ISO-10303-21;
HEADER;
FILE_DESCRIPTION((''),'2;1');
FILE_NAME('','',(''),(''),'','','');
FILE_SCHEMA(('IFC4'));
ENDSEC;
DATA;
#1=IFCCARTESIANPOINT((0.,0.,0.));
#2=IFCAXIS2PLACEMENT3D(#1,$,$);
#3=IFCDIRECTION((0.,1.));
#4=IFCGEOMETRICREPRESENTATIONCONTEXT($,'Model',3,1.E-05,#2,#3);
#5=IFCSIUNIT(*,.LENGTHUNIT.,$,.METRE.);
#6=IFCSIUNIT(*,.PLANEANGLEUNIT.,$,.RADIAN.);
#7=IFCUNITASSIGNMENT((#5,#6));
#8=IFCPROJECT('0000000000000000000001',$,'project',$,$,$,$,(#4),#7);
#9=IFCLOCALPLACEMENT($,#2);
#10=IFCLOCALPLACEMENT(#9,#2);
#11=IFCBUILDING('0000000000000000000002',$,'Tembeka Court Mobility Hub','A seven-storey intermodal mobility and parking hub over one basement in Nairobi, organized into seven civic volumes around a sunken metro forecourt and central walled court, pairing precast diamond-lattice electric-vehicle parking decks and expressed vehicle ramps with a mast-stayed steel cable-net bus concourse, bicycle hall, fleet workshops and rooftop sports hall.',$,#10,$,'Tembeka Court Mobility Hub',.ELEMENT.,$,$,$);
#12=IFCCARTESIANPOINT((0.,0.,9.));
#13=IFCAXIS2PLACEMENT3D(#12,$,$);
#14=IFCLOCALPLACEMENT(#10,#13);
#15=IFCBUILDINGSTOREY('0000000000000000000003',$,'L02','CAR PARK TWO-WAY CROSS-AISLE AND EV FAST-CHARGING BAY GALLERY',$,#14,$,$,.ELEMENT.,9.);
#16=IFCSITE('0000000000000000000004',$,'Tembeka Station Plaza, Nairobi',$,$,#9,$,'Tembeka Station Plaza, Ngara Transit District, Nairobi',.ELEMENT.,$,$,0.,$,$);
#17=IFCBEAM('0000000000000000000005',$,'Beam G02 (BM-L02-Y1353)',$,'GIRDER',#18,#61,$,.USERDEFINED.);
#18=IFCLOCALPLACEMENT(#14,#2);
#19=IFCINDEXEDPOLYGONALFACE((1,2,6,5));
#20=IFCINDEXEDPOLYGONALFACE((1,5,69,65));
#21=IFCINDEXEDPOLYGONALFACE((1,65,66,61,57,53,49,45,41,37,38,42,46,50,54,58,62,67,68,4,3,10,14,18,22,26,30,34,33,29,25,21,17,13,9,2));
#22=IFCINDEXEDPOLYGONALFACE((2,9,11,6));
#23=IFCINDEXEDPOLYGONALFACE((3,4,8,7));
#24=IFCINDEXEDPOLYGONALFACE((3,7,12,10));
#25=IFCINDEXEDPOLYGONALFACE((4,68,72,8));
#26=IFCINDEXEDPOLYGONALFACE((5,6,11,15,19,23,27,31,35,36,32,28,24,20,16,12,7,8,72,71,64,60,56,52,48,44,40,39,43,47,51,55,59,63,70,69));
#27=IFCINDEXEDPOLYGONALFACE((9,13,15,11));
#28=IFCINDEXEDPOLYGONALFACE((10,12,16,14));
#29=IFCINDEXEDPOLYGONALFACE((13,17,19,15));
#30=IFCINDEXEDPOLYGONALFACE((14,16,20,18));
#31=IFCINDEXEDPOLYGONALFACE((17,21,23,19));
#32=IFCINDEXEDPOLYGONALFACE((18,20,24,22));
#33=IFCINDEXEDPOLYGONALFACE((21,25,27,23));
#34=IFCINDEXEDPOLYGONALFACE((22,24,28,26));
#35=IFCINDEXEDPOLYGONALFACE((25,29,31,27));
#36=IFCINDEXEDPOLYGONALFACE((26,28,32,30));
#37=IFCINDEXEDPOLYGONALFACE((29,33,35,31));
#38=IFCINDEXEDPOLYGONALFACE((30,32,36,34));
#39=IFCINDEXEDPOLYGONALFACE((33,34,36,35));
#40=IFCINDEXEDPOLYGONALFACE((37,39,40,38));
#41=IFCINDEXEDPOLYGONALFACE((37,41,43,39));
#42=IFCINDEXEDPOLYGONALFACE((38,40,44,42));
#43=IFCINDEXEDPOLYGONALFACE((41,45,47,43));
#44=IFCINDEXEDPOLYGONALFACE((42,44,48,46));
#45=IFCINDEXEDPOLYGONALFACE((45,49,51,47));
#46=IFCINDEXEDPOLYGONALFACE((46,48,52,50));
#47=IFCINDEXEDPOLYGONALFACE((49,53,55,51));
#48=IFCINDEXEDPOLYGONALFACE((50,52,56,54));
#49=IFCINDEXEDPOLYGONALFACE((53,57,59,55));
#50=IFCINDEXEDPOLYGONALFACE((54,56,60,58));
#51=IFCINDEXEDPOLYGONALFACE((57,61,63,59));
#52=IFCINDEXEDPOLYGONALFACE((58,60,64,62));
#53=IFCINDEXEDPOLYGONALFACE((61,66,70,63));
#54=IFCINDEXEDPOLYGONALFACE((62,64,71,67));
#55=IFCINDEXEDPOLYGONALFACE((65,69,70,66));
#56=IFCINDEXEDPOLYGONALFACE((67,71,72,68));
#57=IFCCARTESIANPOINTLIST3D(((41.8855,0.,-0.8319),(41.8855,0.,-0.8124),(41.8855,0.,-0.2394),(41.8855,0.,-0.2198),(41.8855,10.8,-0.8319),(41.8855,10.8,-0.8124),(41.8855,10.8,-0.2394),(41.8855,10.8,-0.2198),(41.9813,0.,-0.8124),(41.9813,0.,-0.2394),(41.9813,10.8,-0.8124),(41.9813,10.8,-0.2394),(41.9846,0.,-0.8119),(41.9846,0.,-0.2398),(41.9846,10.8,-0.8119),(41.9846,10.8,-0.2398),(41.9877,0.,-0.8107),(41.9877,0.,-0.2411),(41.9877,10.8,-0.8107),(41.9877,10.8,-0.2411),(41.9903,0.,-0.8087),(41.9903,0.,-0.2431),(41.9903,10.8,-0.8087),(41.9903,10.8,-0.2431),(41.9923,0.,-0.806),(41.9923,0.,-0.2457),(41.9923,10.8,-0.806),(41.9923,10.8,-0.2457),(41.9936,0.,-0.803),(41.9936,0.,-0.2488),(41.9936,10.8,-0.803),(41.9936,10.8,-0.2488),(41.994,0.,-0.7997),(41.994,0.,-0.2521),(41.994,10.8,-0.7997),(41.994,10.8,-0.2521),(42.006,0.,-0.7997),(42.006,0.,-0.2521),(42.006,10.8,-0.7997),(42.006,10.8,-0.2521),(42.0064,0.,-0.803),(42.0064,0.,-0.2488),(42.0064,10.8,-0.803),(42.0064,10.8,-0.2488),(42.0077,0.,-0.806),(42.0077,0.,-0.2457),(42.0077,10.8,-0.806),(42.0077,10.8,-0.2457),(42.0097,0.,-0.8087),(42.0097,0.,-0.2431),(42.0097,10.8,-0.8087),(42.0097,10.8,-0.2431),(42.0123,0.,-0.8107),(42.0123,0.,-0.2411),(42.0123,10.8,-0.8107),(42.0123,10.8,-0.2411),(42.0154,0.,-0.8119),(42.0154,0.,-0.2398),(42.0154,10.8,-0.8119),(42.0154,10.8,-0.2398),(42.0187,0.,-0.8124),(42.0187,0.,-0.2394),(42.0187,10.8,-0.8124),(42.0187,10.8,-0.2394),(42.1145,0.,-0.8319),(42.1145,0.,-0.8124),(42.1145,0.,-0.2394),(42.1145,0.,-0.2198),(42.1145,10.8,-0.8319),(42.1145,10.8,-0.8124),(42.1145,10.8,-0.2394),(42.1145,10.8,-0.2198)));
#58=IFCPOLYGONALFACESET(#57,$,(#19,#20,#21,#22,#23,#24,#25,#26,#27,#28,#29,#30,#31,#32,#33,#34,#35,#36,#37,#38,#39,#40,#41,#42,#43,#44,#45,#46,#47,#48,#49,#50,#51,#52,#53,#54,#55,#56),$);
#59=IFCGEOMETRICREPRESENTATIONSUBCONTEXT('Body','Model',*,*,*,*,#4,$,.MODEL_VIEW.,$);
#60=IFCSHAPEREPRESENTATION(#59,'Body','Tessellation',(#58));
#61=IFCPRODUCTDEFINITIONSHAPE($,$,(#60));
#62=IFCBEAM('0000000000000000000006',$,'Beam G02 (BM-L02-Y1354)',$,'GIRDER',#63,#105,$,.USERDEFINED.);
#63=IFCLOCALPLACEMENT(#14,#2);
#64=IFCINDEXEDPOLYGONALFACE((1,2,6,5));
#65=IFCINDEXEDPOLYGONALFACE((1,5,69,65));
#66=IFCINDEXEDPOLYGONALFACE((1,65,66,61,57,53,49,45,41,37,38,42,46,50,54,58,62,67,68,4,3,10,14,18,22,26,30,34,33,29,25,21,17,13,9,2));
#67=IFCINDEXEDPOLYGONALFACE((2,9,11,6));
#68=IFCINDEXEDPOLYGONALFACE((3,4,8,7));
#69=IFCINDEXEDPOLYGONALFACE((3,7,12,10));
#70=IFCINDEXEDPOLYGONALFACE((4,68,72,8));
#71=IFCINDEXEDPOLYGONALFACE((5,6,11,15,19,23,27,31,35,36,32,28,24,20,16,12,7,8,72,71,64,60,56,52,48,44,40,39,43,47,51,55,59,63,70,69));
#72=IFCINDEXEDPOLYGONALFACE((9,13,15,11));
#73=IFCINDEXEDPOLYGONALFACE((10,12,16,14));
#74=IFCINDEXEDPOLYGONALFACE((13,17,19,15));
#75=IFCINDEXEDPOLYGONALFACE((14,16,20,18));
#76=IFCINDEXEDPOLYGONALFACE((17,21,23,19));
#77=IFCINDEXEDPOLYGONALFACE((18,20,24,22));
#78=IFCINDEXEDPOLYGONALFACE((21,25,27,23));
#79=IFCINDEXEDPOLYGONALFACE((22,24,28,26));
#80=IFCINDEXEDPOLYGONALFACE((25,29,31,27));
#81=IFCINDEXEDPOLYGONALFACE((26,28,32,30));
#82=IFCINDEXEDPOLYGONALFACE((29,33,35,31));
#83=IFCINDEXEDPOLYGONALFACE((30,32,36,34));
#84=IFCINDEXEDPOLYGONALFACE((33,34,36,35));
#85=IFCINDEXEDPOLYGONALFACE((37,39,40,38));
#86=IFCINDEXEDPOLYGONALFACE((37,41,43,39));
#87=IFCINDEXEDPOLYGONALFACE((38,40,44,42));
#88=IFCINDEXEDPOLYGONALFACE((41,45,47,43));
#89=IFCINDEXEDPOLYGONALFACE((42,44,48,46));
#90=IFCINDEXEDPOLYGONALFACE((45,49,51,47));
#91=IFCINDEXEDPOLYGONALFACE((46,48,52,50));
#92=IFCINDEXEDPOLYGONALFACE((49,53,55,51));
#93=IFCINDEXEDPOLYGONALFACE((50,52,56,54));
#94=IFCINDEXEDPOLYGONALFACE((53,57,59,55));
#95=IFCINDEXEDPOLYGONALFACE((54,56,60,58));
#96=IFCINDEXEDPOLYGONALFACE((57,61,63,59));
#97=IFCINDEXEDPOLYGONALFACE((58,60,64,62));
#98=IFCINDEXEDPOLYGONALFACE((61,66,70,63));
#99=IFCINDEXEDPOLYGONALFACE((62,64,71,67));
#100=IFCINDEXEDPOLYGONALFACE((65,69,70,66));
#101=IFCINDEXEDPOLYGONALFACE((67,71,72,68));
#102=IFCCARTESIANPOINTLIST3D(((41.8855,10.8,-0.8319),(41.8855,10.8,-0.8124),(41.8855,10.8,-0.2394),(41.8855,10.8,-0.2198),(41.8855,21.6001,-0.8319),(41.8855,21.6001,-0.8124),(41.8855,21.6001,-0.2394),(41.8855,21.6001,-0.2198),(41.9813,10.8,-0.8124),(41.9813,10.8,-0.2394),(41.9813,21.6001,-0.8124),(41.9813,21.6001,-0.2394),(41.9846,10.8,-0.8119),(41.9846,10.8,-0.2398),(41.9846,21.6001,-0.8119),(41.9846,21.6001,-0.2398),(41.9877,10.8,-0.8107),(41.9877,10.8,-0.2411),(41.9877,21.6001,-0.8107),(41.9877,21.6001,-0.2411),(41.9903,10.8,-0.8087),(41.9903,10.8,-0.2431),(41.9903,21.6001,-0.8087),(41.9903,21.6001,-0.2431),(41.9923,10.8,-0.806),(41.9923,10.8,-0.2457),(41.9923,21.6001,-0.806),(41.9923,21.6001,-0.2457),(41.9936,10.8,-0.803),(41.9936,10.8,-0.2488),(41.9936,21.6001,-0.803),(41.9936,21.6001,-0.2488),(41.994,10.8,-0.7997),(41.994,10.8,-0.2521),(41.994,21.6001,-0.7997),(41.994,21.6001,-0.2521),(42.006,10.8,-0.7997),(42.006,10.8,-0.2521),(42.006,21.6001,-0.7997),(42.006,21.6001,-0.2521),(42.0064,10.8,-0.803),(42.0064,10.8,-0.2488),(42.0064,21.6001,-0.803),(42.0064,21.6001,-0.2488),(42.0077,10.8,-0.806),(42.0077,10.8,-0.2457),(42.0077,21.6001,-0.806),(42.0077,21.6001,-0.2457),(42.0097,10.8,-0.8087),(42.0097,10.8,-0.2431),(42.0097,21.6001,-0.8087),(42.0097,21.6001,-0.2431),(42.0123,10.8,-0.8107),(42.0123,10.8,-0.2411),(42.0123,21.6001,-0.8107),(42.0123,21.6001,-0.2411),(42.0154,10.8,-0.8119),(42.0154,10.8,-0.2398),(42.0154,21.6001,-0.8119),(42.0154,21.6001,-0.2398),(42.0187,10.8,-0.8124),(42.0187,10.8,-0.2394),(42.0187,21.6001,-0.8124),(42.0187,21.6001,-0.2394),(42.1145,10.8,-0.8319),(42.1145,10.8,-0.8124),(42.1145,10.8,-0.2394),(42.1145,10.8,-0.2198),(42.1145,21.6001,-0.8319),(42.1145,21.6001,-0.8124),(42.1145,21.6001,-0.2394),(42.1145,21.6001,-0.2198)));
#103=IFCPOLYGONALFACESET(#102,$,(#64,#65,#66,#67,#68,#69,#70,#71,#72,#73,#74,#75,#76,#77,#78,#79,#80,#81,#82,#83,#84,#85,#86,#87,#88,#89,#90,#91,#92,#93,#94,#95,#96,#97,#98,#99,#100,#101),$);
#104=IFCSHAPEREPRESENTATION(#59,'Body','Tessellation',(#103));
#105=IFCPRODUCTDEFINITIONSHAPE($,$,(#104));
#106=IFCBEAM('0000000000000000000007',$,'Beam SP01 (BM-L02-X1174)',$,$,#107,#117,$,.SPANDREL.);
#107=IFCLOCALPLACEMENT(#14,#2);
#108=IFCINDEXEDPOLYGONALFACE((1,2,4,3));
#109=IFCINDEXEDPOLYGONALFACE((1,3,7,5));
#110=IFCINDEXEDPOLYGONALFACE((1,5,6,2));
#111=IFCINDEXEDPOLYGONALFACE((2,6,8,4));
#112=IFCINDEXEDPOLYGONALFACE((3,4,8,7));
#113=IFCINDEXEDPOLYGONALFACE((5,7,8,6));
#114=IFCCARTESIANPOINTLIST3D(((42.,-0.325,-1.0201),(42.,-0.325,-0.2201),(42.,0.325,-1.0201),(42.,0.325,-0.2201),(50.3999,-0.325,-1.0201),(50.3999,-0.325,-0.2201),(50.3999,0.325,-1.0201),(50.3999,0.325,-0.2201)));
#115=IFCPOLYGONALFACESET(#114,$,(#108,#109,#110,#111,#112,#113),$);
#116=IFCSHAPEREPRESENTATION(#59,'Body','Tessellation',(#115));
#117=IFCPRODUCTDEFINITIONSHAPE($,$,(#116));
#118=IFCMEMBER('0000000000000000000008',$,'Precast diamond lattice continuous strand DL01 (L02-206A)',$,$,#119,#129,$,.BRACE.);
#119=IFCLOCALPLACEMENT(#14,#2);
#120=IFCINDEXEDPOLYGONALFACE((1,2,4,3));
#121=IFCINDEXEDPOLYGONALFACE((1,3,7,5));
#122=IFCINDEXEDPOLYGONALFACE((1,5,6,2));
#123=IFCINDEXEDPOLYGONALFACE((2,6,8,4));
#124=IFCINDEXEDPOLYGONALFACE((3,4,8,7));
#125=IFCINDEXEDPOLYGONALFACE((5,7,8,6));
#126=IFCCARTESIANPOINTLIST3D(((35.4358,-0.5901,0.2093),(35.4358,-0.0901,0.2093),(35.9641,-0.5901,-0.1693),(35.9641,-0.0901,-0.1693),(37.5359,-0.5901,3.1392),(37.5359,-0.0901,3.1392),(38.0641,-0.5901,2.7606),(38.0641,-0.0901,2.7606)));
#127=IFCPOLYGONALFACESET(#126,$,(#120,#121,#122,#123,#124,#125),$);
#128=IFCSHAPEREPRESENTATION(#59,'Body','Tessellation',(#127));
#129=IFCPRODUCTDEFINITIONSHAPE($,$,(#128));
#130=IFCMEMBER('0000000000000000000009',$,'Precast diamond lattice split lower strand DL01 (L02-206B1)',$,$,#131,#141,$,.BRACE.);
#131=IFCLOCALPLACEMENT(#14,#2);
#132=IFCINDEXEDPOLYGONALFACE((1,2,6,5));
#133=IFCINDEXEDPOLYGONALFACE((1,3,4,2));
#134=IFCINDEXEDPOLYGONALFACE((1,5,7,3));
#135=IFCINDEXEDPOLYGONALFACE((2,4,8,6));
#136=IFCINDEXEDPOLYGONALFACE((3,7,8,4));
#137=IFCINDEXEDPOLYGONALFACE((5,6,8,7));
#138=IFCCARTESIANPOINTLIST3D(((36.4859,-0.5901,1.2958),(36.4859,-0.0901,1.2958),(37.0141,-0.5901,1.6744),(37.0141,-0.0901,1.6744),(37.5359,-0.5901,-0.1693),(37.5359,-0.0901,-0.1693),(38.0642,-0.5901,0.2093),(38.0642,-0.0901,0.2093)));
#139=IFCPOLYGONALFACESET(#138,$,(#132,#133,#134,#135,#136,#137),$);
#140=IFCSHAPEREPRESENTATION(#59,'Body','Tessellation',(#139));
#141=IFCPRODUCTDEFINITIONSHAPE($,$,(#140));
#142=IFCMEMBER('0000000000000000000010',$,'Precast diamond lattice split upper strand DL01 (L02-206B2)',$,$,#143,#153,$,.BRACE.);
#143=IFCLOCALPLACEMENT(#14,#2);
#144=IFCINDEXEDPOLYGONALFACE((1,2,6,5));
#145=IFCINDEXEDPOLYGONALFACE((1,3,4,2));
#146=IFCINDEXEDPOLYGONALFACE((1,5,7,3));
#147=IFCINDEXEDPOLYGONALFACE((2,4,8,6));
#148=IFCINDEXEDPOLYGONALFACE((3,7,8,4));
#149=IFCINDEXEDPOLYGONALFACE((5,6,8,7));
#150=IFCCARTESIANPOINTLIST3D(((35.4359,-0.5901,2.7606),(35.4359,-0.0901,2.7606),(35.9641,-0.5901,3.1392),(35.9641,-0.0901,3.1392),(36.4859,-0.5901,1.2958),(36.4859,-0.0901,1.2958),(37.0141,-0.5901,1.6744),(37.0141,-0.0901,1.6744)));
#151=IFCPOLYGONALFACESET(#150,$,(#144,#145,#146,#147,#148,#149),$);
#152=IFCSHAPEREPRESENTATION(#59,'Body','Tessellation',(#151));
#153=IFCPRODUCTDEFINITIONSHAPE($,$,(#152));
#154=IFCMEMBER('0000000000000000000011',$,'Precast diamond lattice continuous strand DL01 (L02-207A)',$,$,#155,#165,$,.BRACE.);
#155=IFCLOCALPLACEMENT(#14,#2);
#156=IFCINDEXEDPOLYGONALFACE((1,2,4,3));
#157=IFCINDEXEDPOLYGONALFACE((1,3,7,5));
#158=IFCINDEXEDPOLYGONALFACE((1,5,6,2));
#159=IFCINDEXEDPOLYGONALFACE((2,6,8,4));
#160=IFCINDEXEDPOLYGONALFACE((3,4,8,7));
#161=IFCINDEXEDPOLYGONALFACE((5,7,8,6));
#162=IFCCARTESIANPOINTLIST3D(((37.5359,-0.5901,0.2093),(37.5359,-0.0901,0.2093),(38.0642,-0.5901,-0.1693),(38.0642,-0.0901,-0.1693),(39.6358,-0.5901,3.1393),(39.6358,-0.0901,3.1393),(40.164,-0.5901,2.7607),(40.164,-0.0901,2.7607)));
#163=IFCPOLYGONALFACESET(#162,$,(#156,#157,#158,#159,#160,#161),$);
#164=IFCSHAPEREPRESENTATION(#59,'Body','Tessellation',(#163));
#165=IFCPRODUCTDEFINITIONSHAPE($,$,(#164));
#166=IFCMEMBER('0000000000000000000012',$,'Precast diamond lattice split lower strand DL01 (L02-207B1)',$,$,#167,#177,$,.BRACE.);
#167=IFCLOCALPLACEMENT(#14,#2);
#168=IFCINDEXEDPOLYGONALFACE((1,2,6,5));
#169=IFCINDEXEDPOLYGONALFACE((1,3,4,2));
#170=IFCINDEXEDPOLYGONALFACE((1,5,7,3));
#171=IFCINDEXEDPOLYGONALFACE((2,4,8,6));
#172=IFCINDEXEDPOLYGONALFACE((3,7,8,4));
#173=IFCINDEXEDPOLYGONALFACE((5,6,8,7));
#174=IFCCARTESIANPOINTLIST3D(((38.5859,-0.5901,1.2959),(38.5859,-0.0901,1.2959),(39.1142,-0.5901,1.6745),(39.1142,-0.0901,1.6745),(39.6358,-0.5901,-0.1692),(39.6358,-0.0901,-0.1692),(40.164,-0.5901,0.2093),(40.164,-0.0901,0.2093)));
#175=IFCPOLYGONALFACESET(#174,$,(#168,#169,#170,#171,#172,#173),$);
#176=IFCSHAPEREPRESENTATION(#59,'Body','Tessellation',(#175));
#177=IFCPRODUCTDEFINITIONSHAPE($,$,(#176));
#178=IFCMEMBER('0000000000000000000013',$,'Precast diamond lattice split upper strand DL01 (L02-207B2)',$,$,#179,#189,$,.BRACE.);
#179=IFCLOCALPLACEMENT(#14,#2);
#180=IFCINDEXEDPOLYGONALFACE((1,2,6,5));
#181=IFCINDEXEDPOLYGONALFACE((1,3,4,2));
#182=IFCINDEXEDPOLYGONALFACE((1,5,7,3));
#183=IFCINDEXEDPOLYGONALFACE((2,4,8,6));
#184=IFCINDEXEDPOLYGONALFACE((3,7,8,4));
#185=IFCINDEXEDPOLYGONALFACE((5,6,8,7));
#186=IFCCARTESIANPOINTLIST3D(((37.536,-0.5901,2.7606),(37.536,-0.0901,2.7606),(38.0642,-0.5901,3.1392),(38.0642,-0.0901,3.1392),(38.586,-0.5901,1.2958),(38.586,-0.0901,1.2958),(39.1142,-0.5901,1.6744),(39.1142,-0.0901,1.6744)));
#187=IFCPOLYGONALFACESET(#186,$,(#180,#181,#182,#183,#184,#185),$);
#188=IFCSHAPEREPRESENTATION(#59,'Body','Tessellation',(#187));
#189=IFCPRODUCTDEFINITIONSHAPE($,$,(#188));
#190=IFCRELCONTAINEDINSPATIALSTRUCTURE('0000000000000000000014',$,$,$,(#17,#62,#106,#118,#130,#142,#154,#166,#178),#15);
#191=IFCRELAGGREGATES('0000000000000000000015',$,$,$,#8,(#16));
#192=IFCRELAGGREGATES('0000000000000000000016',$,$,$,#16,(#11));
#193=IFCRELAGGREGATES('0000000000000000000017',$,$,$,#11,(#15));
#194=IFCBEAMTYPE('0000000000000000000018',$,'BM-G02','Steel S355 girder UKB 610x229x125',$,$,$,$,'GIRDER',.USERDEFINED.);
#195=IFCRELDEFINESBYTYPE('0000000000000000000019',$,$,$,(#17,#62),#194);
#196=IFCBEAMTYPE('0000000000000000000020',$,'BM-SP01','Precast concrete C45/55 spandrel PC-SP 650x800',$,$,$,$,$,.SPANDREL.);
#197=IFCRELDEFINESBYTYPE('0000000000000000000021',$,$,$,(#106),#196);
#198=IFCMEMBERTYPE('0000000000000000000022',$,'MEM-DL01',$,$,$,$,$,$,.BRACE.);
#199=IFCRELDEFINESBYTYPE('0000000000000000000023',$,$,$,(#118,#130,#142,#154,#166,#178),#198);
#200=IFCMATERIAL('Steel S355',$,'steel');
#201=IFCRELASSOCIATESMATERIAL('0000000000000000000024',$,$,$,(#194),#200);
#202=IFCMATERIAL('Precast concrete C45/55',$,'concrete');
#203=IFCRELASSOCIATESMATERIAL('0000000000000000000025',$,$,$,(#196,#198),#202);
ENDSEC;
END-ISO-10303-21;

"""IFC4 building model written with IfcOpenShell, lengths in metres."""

from ifc_helpers import new_model, si_unit, direction, frame, origin, origin_2d, place, context, subcontext, project, spatial, rectangle, i_section, extrude, material, material_profile, profile_set, type_object, element, save


model = new_model("IFC4")

# Units and contexts
model_context = context("Model", 3, precision=1e-05, world=origin(), true_north=direction((0.0, 1.0)))
body_context = subcontext(model_context, "Body", "Model", "MODEL_VIEW")
ifc_project = project(units=[si_unit("LENGTHUNIT", "METRE"), si_unit("PLANEANGLEUNIT", "RADIAN")], contexts=[model_context])

# Site, building, storey
site_placement = place(None, origin())
site = spatial("IfcSite", under=ifc_project, at=site_placement, Name="Tembeka Station Plaza, Nairobi", LongName="Tembeka Station Plaza, Ngara Transit District, Nairobi", CompositionType="ELEMENT", RefElevation=0.0)
building_placement = place(site_placement, origin())
building = spatial("IfcBuilding", under=site, at=building_placement, Name="Tembeka Court Mobility Hub", Description="A seven-storey intermodal mobility and parking hub over one basement in Nairobi, organized into seven civic volumes around a sunken metro forecourt and central walled court, pairing precast diamond-lattice electric-vehicle parking decks and expressed vehicle ramps with a mast-stayed steel cable-net bus concourse, bicycle hall, fleet workshops and rooftop sports hall.", LongName="Tembeka Court Mobility Hub", CompositionType="ELEMENT")
storey_placement = place(building_placement, frame((0.0, 0.0, 9.0)))
storey = spatial("IfcBuildingStorey", under=building, at=storey_placement, Name="L02", Description="CAR PARK TWO-WAY CROSS-AISLE AND EV FAST-CHARGING BAY GALLERY", CompositionType="ELEMENT", Elevation=9.0)

# Shared definitions
ifc_material_1 = material(Name="Steel S355", Category="steel")

# Beams
ifc_material_profile_1 = material_profile(ifc_material_1, i_section(OverallWidth=0.229, OverallDepth=0.6121, WebThickness=0.012, FlangeThickness=0.0195, FilletRadius=0.0127, at=origin_2d()), Name="UKB 610x229x125")
ifc_profile_set_1 = profile_set([ifc_material_profile_1], Name="Steel S355")
beam_type_1 = type_object("IfcBeamType", Name="BM-G02", Description="Steel S355 girder UKB 610x229x125", ElementType="GIRDER", PredefinedType="USERDEFINED", material=ifc_profile_set_1)
for number, where, z_axis, x_axis, name in (
    (1, (42.0, 0.0, -0.5259), (0.0, 1.0, 0.0), (-1.0, 0.0, 0.0), "Beam G02 (BM-L02-Y1353)"),
    (2, (42.0, 10.8, -0.5259), (0.0, 1.0, 0.0), (-1.0, 0.0, 0.0), "Beam G02 (BM-L02-Y1354)"),
):
    element("IfcBeam", number, at=place(storey_placement, frame(where, z_axis=z_axis, x_axis=x_axis)), inside=storey, type_object=beam_type_1, Name=name, ObjectType="GIRDER", PredefinedType="USERDEFINED", context=body_context, shape_type="SweptSolid", body=[
        extrude(i_section(OverallWidth=0.229, OverallDepth=0.6121, WebThickness=0.012, FlangeThickness=0.0195, FilletRadius=0.0127, at=origin_2d()), origin(), (0.0, 0.0, 1.0), 10.8),
    ])
ifc_material_2 = material(Name="Precast concrete C45/55", Category="concrete")
ifc_material_profile_2 = material_profile(ifc_material_2, rectangle(XDim=0.6499, YDim=0.8, at=origin_2d()), Name="PC-SP 650x800")
ifc_profile_set_2 = profile_set([ifc_material_profile_2], Name="Precast concrete C45/55")
beam_type_2 = type_object("IfcBeamType", Name="BM-SP01", Description="Precast concrete C45/55 spandrel PC-SP 650x800", PredefinedType="SPANDREL", material=ifc_profile_set_2)
beam_placement = place(storey_placement, frame((42.0, 0.0, -0.6201), z_axis=(1.0, 0.0, 0.0), x_axis=(0.0, 1.0, 0.0)))
element("IfcBeam", 3, at=beam_placement, inside=storey, type_object=beam_type_2, Name="Beam SP01 (BM-L02-X1174)", PredefinedType="SPANDREL", context=body_context, shape_type="SweptSolid", body=[
    extrude(rectangle(XDim=0.6499, YDim=0.8, at=origin_2d()), origin(), (0.0, 0.0, 1.0), 8.3999),
])

# Members
ifc_material_profile_3 = material_profile(ifc_material_2, rectangle(XDim=0.5, YDim=0.6499, at=origin_2d()), Name="PC-DIAG 500x650")
ifc_profile_set_3 = profile_set([ifc_material_profile_3], Name="Precast concrete C45/55")
member_type_1 = type_object("IfcMemberType", Name="MEM-DL01", PredefinedType="BRACE", material=ifc_profile_set_3)
member_1_placement = place(storey_placement, frame((35.7, -0.3401, 0.02), z_axis=(0.582576, 0.0, 0.812776), x_axis=(0.0, 1.0, 0.0)))
element("IfcMember", 4, at=member_1_placement, inside=storey, type_object=member_type_1, Name="Precast diamond lattice continuous strand DL01 (L02-206A)", PredefinedType="BRACE", context=body_context, shape_type="SweptSolid", body=[
    extrude(rectangle(XDim=0.5, YDim=0.6499, at=origin_2d()), origin(), (0.0, 0.0, 1.0), 3.6047),
])
member_2_placement = place(storey_placement, frame((37.8, -0.3401, 0.02), z_axis=(-0.582544, 0.0, 0.812799), x_axis=(0.0, -1.0, 0.0)))
element("IfcMember", 5, at=member_2_placement, inside=storey, type_object=member_type_1, Name="Precast diamond lattice split lower strand DL01 (L02-206B1)", PredefinedType="BRACE", context=body_context, shape_type="SweptSolid", body=[
    extrude(rectangle(XDim=0.5, YDim=0.6499, at=origin_2d()), origin(), (0.0, 0.0, 1.0), 1.8025),
])
member_3_placement = place(storey_placement, frame((36.75, -0.3401, 1.4851), z_axis=(-0.582608, 0.0, 0.812753), x_axis=(0.0, -1.0, 0.0)))
element("IfcMember", 6, at=member_3_placement, inside=storey, type_object=member_type_1, Name="Precast diamond lattice split upper strand DL01 (L02-206B2)", PredefinedType="BRACE", context=body_context, shape_type="SweptSolid", body=[
    extrude(rectangle(XDim=0.5, YDim=0.6499, at=origin_2d()), origin(), (0.0, 0.0, 1.0), 1.8022),
])
member_4_placement = place(storey_placement, frame((37.8, -0.3401, 0.02), z_axis=(0.582532, 0.0, 0.812808), x_axis=(0.0, 1.0, 0.0)))
element("IfcMember", 7, at=member_4_placement, inside=storey, type_object=member_type_1, Name="Precast diamond lattice continuous strand DL01 (L02-207A)", PredefinedType="BRACE", context=body_context, shape_type="SweptSolid", body=[
    extrude(rectangle(XDim=0.5, YDim=0.6499, at=origin_2d()), origin(), (0.0, 0.0, 1.0), 3.6047),
])
member_5_placement = place(storey_placement, frame((39.8999, -0.3401, 0.02), z_axis=(-0.582455, 0.0, 0.812863), x_axis=(0.0, -1.0, 0.0)))
element("IfcMember", 8, at=member_5_placement, inside=storey, type_object=member_type_1, Name="Precast diamond lattice split lower strand DL01 (L02-207B1)", PredefinedType="BRACE", context=body_context, shape_type="SweptSolid", body=[
    extrude(rectangle(XDim=0.5, YDim=0.6499, at=origin_2d()), origin(), (0.0, 0.0, 1.0), 1.8025),
])
member_6_placement = place(storey_placement, frame((38.8501, -0.3401, 1.4851), z_axis=(-0.582608, 0.0, 0.812753), x_axis=(0.0, -1.0, 0.0)))
element("IfcMember", 9, at=member_6_placement, inside=storey, type_object=member_type_1, Name="Precast diamond lattice split upper strand DL01 (L02-207B2)", PredefinedType="BRACE", context=body_context, shape_type="SweptSolid", body=[
    extrude(rectangle(XDim=0.5, YDim=0.6499, at=origin_2d()), origin(), (0.0, 0.0, 1.0), 1.8022),
])

save(model, "model.ifc")
